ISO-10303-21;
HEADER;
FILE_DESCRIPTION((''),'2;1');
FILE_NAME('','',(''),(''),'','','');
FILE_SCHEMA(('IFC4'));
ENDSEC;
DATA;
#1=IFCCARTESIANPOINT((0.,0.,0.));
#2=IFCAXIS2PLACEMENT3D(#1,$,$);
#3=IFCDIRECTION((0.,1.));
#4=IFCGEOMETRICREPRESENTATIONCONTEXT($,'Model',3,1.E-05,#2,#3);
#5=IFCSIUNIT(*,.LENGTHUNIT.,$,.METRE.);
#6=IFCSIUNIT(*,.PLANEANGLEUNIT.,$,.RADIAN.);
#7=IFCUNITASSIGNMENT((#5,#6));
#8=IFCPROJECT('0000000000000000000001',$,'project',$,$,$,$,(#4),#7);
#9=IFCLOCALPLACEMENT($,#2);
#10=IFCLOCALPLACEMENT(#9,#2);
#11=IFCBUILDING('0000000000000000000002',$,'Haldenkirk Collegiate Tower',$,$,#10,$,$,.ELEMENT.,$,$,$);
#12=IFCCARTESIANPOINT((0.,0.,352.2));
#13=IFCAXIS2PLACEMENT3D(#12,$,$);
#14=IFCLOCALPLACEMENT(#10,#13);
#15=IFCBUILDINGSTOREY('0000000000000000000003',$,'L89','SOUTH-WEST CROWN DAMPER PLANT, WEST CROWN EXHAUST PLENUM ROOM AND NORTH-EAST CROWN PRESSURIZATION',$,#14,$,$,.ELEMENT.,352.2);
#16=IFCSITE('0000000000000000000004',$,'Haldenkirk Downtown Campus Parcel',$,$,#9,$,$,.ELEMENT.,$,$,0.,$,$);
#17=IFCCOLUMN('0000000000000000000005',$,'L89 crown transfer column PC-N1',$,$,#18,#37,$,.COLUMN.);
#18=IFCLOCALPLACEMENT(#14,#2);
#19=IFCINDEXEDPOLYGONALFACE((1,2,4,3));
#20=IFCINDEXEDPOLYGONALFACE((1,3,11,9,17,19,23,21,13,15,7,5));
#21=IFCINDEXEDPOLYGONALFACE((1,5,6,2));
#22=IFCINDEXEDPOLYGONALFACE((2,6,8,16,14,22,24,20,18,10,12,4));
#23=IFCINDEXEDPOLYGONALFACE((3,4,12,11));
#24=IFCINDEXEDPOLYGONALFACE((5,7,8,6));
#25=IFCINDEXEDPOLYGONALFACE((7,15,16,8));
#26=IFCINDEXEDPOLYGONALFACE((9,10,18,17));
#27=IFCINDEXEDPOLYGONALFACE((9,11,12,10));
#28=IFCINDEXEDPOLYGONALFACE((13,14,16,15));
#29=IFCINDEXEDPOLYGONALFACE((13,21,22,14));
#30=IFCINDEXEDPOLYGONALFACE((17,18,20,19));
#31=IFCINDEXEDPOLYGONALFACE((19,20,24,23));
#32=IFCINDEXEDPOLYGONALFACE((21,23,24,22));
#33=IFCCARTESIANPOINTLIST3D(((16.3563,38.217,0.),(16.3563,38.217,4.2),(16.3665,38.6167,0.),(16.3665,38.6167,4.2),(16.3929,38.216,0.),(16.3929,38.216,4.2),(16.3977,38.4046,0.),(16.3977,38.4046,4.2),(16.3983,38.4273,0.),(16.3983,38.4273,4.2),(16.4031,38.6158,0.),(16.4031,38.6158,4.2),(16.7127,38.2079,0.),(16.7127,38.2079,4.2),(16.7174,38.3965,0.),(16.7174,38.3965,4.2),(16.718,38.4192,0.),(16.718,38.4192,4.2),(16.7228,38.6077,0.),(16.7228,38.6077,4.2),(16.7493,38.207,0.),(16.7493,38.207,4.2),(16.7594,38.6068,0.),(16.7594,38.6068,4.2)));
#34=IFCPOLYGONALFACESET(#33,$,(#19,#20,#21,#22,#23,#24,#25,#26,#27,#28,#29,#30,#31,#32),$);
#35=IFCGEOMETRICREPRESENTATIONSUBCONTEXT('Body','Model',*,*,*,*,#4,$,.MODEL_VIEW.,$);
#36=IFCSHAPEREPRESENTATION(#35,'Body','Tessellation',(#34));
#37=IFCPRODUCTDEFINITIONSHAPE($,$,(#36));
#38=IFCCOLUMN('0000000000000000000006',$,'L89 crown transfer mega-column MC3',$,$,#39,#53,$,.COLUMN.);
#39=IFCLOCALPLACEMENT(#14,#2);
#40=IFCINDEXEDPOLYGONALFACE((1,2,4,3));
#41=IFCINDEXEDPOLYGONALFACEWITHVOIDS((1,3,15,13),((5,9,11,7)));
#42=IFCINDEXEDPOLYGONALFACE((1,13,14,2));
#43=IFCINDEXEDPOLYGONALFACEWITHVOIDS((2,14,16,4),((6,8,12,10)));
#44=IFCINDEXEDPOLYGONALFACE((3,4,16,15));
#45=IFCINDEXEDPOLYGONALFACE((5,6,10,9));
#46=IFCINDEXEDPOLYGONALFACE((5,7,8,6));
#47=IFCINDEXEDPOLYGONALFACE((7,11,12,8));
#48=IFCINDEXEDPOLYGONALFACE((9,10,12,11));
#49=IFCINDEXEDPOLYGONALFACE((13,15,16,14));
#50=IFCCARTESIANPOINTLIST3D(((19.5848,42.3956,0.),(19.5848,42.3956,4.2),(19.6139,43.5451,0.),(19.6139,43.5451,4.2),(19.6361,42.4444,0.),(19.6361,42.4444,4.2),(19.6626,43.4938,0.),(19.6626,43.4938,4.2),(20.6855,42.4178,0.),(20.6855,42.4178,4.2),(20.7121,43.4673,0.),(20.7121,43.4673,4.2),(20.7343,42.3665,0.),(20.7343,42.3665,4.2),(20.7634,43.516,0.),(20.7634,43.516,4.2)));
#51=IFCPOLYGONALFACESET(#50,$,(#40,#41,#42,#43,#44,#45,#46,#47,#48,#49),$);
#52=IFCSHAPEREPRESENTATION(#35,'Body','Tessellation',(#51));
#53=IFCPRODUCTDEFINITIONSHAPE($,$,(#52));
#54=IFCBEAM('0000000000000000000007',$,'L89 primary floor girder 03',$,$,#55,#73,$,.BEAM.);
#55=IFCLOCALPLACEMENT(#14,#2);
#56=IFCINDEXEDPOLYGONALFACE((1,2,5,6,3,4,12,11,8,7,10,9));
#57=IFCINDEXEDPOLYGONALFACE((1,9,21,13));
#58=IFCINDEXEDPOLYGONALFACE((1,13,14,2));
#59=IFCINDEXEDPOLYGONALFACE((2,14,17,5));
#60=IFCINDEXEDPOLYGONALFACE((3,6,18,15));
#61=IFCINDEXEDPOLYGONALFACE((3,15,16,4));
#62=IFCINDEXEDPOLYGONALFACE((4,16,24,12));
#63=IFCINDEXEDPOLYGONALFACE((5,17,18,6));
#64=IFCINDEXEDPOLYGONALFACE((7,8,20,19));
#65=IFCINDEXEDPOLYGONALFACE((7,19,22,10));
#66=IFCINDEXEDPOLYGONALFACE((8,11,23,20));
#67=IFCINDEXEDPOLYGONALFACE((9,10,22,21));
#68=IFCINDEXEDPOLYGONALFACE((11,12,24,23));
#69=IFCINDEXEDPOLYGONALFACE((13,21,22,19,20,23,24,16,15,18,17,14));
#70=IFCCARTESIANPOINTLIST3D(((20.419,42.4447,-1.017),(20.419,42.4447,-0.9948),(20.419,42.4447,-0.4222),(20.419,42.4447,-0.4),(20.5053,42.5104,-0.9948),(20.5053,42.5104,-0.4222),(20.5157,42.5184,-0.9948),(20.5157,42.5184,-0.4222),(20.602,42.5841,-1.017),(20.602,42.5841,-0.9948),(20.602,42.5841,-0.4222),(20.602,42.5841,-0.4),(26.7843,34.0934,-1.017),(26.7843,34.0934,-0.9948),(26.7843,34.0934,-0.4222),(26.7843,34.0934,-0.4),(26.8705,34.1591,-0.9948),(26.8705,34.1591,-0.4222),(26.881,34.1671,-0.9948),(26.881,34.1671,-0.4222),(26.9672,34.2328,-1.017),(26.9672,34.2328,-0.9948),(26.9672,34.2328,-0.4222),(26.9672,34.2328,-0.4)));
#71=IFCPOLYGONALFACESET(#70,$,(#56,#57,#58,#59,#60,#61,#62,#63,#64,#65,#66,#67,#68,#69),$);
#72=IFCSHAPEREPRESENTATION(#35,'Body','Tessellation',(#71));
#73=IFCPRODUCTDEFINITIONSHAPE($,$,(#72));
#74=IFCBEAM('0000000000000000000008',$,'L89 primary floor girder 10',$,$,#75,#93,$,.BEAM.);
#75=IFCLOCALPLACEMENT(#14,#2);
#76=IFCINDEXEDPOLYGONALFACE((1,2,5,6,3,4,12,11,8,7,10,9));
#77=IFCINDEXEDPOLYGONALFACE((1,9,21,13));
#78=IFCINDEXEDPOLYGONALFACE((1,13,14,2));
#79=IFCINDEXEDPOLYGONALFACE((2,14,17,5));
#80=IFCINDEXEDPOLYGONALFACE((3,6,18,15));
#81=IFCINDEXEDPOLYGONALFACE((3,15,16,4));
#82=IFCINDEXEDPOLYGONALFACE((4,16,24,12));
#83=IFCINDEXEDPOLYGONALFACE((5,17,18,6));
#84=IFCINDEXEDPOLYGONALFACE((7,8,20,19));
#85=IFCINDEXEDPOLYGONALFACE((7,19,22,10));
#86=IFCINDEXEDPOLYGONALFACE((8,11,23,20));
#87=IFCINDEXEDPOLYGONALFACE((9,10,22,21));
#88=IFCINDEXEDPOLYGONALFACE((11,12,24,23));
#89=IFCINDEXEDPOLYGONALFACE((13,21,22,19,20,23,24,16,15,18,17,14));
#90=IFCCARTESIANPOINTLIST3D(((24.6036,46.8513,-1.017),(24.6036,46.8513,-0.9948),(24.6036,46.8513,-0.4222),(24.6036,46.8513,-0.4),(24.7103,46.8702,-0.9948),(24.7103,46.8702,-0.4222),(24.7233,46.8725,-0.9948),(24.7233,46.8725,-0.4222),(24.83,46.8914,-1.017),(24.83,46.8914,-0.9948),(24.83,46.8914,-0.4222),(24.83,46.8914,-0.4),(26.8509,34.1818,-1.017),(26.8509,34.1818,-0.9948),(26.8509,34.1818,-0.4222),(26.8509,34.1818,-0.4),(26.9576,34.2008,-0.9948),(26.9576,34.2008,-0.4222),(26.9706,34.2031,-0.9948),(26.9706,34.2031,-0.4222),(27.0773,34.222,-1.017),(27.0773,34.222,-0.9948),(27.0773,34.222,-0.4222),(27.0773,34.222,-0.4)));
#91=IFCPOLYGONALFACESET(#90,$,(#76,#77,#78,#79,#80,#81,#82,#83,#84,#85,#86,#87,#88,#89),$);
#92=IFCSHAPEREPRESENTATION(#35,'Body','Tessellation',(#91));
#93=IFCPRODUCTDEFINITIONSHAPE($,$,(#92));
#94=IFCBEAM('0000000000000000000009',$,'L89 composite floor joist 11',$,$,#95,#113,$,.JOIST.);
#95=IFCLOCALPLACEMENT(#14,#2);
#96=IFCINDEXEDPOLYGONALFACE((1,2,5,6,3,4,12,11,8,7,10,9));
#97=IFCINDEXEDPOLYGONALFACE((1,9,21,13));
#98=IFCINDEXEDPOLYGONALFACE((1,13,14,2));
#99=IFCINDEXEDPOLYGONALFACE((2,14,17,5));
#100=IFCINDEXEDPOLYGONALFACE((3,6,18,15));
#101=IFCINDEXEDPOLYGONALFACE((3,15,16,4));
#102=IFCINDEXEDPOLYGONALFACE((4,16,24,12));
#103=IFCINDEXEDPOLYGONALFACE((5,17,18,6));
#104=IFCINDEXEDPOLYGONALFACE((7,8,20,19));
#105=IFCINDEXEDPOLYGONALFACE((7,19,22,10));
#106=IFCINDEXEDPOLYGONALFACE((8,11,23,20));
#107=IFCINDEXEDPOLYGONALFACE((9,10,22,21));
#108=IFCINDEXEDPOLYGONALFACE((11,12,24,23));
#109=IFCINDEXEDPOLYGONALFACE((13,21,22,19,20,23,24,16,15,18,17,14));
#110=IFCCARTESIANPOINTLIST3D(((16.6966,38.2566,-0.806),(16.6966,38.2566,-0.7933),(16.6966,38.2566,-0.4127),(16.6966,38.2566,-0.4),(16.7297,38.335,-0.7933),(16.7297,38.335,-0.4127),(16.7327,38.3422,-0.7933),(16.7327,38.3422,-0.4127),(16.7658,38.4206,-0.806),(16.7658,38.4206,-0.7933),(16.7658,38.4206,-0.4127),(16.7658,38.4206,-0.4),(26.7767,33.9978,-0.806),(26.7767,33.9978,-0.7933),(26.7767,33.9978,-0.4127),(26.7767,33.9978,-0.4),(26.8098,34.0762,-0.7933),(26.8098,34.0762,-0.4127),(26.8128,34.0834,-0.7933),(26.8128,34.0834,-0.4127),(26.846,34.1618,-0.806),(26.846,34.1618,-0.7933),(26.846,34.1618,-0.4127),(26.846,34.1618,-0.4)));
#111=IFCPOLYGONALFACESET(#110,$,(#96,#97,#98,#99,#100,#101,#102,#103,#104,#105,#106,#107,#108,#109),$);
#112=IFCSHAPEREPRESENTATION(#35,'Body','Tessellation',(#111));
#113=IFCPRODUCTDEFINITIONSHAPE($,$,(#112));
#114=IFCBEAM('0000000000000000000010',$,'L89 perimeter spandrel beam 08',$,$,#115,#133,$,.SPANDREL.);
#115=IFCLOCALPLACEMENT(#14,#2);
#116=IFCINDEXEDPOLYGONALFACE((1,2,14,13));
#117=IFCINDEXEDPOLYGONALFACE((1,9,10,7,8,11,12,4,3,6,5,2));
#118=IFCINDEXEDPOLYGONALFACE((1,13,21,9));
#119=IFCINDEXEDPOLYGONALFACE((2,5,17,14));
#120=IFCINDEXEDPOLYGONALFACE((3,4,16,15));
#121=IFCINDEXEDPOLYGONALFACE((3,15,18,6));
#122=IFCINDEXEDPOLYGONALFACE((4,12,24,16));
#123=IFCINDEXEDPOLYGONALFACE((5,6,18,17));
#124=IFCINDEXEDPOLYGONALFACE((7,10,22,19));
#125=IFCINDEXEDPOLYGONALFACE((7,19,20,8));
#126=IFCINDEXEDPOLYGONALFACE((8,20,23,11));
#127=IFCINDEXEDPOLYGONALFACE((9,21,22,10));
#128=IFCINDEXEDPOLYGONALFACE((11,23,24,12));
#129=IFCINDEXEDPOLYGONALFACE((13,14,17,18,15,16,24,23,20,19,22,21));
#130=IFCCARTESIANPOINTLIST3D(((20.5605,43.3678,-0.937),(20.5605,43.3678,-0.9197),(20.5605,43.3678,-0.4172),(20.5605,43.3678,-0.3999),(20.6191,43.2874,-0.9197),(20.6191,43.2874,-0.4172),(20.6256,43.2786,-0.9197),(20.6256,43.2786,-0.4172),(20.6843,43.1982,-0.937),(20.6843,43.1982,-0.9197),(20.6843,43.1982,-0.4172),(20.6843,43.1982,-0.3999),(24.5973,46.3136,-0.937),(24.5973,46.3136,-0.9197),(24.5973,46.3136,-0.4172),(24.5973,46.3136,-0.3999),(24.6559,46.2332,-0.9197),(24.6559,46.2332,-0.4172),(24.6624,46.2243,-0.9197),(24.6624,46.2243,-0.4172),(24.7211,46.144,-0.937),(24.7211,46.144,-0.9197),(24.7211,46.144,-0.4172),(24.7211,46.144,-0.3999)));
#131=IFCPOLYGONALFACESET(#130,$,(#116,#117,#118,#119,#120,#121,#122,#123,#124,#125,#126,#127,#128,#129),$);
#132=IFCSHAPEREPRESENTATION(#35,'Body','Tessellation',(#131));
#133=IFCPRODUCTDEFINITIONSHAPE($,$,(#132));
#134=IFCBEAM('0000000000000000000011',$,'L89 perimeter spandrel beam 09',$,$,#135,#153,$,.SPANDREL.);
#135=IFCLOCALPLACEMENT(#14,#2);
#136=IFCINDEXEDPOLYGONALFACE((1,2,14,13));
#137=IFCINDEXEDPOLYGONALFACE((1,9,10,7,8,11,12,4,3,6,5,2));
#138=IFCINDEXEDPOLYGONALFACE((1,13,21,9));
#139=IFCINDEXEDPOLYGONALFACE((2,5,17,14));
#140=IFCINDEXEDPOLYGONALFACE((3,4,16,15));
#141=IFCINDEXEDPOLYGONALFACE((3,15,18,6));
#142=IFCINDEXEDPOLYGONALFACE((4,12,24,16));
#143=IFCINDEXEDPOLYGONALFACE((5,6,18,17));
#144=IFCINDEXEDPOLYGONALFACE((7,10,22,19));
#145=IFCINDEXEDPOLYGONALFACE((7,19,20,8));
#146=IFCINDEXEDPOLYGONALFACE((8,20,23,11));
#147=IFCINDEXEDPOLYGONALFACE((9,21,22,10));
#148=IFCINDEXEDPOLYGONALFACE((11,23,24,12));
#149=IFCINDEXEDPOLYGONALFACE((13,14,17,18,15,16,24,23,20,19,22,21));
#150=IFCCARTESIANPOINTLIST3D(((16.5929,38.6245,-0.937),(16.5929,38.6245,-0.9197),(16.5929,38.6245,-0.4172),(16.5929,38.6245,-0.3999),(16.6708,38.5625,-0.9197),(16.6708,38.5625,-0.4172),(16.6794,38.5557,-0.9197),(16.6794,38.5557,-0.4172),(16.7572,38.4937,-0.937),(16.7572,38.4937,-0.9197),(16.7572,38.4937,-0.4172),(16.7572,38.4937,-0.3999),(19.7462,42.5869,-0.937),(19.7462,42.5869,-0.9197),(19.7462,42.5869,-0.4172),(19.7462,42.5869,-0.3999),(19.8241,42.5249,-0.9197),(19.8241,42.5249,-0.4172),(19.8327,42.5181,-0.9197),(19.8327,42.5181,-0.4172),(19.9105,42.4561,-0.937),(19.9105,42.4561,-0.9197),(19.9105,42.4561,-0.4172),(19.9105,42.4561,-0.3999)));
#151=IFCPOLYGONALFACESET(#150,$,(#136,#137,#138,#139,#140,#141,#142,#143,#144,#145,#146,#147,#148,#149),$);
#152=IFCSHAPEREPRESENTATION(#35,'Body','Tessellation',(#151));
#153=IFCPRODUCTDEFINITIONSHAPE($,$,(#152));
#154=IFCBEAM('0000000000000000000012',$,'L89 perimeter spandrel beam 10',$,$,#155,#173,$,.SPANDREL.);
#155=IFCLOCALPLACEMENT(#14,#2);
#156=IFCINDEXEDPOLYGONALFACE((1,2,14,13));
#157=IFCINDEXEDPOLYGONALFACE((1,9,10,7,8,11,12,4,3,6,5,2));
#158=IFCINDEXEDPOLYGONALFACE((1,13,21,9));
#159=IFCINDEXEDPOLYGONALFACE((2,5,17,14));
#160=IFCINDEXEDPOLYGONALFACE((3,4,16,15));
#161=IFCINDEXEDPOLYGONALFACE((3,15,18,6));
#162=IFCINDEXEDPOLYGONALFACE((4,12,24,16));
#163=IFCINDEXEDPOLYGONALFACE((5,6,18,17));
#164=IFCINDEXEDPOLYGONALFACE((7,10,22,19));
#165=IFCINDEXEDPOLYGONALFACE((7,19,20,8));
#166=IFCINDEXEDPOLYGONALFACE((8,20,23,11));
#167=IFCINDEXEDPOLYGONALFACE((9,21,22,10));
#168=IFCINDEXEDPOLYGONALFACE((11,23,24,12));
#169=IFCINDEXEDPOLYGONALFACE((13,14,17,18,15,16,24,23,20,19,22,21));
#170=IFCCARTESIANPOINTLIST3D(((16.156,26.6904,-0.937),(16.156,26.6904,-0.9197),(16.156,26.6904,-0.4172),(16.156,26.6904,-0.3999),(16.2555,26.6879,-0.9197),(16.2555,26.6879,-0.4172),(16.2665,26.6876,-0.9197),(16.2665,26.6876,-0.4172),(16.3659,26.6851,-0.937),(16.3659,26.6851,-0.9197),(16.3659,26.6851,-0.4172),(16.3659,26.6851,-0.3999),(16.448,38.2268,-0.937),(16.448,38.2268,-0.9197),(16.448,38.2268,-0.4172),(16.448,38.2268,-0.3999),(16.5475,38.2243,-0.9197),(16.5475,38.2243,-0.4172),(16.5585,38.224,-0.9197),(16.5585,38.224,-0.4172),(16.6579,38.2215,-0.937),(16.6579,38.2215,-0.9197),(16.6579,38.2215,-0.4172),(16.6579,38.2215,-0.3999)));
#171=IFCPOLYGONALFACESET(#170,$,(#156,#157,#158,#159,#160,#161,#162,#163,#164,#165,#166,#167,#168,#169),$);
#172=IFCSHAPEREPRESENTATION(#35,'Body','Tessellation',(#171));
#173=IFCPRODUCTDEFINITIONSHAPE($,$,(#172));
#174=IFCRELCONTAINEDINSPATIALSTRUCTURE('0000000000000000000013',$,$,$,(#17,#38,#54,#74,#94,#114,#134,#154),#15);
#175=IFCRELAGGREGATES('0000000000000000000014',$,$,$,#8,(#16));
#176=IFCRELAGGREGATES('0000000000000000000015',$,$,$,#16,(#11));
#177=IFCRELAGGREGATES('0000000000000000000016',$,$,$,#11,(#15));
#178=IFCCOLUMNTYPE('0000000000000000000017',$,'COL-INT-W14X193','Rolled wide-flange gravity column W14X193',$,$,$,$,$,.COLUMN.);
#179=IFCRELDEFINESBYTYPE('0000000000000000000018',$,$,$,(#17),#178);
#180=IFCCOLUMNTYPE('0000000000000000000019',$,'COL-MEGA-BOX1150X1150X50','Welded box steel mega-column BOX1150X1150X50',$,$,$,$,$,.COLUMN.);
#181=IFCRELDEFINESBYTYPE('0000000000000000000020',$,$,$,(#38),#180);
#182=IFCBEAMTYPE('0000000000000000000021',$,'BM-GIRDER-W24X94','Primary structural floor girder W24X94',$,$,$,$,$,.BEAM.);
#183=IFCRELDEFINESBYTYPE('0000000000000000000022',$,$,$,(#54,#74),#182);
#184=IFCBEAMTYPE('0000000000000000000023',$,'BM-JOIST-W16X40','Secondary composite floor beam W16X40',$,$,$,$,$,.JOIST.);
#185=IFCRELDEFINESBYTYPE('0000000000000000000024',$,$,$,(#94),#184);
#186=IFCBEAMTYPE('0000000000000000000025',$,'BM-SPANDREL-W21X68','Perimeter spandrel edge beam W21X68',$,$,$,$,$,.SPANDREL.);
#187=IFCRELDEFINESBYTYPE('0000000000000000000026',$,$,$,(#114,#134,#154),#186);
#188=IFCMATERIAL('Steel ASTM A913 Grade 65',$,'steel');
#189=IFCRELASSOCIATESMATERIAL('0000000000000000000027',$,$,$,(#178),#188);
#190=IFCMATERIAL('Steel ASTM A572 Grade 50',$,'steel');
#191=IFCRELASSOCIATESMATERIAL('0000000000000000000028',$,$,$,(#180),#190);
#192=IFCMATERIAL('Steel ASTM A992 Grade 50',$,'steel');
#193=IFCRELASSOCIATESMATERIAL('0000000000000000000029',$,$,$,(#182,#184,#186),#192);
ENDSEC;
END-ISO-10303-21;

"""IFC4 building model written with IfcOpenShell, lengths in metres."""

from ifc_helpers import new_model, si_unit, direction, frame, origin, origin_2d, place, context, subcontext, project, spatial, hollow_rectangle, i_section, extrude, material, material_profile, profile_set, type_object, element, save


model = new_model("IFC4")

# Units and contexts
model_context = context("Model", 3, precision=1e-05, world=origin(), true_north=direction((0.0, 1.0)))
body_context = subcontext(model_context, "Body", "Model", "MODEL_VIEW")
ifc_project = project(units=[si_unit("LENGTHUNIT", "METRE"), si_unit("PLANEANGLEUNIT", "RADIAN")], contexts=[model_context])

# Site, building, storey
site_placement = place(None, origin())
site = spatial("IfcSite", under=ifc_project, at=site_placement, Name="Haldenkirk Downtown Campus Parcel", CompositionType="ELEMENT", RefElevation=0.0)
building_placement = place(site_placement, origin())
building = spatial("IfcBuilding", under=site, at=building_placement, Name="Haldenkirk Collegiate Tower", CompositionType="ELEMENT")
storey_placement = place(building_placement, frame((0.0, 0.0, 352.2)))
storey = spatial("IfcBuildingStorey", under=building, at=storey_placement, Name="L89", Description="SOUTH-WEST CROWN DAMPER PLANT, WEST CROWN EXHAUST PLENUM ROOM AND NORTH-EAST CROWN PRESSURIZATION", CompositionType="ELEMENT", Elevation=352.2)

# Columns
ifc_material_1 = material(Name="Steel ASTM A913 Grade 65", Category="steel")
ifc_material_profile_1 = material_profile(ifc_material_1, i_section(OverallWidth=0.3999, OverallDepth=0.3931, WebThickness=0.0227, FlangeThickness=0.0366, at=origin_2d()), Name="W14X193")
ifc_profile_set_1 = profile_set([ifc_material_profile_1], Name="Steel ASTM A913 Grade 65")
column_type_1 = type_object("IfcColumnType", Name="COL-INT-W14X193", Description="Rolled wide-flange gravity column W14X193", PredefinedType="COLUMN", material=ifc_profile_set_1)
column_1_placement = place(storey_placement, frame((16.5579, 38.4119, 0.0), z_axis=(0.0, 0.0, 1.0), x_axis=(0.025305, 0.99968, 0.0)))
element("IfcColumn", 1, at=column_1_placement, inside=storey, type_object=column_type_1, Name="L89 crown transfer column PC-N1", PredefinedType="COLUMN", context=body_context, shape_type="SweptSolid", body=[
    extrude(i_section(OverallWidth=0.3999, OverallDepth=0.3931, WebThickness=0.0227, FlangeThickness=0.0366, at=origin_2d()), origin(), (0.0, 0.0, 1.0), 4.2),
])
ifc_material_2 = material(Name="Steel ASTM A572 Grade 50", Category="steel")
ifc_material_profile_2 = material_profile(ifc_material_2, hollow_rectangle(XDim=1.1499, YDim=1.1499, WallThickness=0.05, at=origin_2d()), Name="BOX1150X1150X50")
ifc_profile_set_2 = profile_set([ifc_material_profile_2], Name="Steel ASTM A572 Grade 50")
column_type_2 = type_object("IfcColumnType", Name="COL-MEGA-BOX1150X1150X50", Description="Welded box steel mega-column BOX1150X1150X50", PredefinedType="COLUMN", material=ifc_profile_set_2)
column_2_placement = place(storey_placement, frame((20.1741, 42.9558, 0.0), z_axis=(0.0, 0.0, 1.0), x_axis=(0.025305, 0.99968, 0.0)))
element("IfcColumn", 2, at=column_2_placement, inside=storey, type_object=column_type_2, Name="L89 crown transfer mega-column MC3", PredefinedType="COLUMN", context=body_context, shape_type="SweptSolid", body=[
    extrude(hollow_rectangle(XDim=1.1499, YDim=1.1499, WallThickness=0.05, at=origin_2d()), origin(), (0.0, 0.0, 1.0), 4.2),
])

# Beams
ifc_material_3 = material(Name="Steel ASTM A992 Grade 50", Category="steel")
ifc_material_profile_3 = material_profile(ifc_material_3, i_section(OverallWidth=0.23, OverallDepth=0.6169, WebThickness=0.0132, FlangeThickness=0.0222, at=origin_2d()), Name="W24X94")
ifc_profile_set_3 = profile_set([ifc_material_profile_3], Name="Steel ASTM A992 Grade 50")
beam_type_1 = type_object("IfcBeamType", Name="BM-GIRDER-W24X94", Description="Primary structural floor girder W24X94", PredefinedType="BEAM", material=ifc_profile_set_3)
beam_1_placement = place(storey_placement, frame((20.5105, 42.5144, -0.7085), z_axis=(0.606183, -0.795325, 0.0), x_axis=(0.795325, 0.606183, 0.0)))
element("IfcBeam", 3, at=beam_1_placement, inside=storey, type_object=beam_type_1, Name="L89 primary floor girder 03", PredefinedType="BEAM", context=body_context, shape_type="SweptSolid", body=[
    extrude(i_section(OverallWidth=0.23, OverallDepth=0.6169, WebThickness=0.0132, FlangeThickness=0.0222, at=origin_2d()), origin(), (0.0, 0.0, 1.0), 10.5005),
])
beam_2_placement = place(storey_placement, frame((24.7168, 46.8713, -0.7085), z_axis=(0.174654, -0.98463, 0.0), x_axis=(0.98463, 0.174654, 0.0)))
element("IfcBeam", 4, at=beam_2_placement, inside=storey, type_object=beam_type_1, Name="L89 primary floor girder 10", PredefinedType="BEAM", context=body_context, shape_type="SweptSolid", body=[
    extrude(i_section(OverallWidth=0.23, OverallDepth=0.6169, WebThickness=0.0132, FlangeThickness=0.0222, at=origin_2d()), origin(), (0.0, 0.0, 1.0), 12.8672),
])
ifc_material_profile_4 = material_profile(ifc_material_3, i_section(OverallWidth=0.178, OverallDepth=0.406, WebThickness=0.0078, FlangeThickness=0.0127, at=origin_2d()), Name="W16X40")
ifc_profile_set_4 = profile_set([ifc_material_profile_4], Name="Steel ASTM A992 Grade 50")
beam_type_2 = type_object("IfcBeamType", Name="BM-JOIST-W16X40", Description="Secondary composite floor beam W16X40", PredefinedType="JOIST", material=ifc_profile_set_4)
beam_3_placement = place(storey_placement, frame((16.7312, 38.3386, -0.603), z_axis=(0.921159, -0.389186, 0.0), x_axis=(0.389186, 0.921159, 0.0)))
element("IfcBeam", 5, at=beam_3_placement, inside=storey, type_object=beam_type_2, Name="L89 composite floor joist 11", PredefinedType="JOIST", context=body_context, shape_type="SweptSolid", body=[
    extrude(i_section(OverallWidth=0.178, OverallDepth=0.406, WebThickness=0.0078, FlangeThickness=0.0127, at=origin_2d()), origin(), (0.0, 0.0, 1.0), 10.9429),
])
ifc_material_profile_5 = material_profile(ifc_material_3, i_section(OverallWidth=0.21, OverallDepth=0.5371, WebThickness=0.011, FlangeThickness=0.0173, at=origin_2d()), Name="W21X68")
ifc_profile_set_5 = profile_set([ifc_material_profile_5], Name="Steel ASTM A992 Grade 50")
beam_type_3 = type_object("IfcBeamType", Name="BM-SPANDREL-W21X68", Description="Perimeter spandrel edge beam W21X68", PredefinedType="SPANDREL", material=ifc_profile_set_5)
beam_4_placement = place(storey_placement, frame((24.6592, 46.2288, -0.6685), z_axis=(-0.807793, -0.589466, 0.0), x_axis=(0.589466, -0.807793, 0.0)))
element("IfcBeam", 6, at=beam_4_placement, inside=storey, type_object=beam_type_3, Name="L89 perimeter spandrel beam 08", PredefinedType="SPANDREL", context=body_context, shape_type="SweptSolid", body=[
    extrude(i_section(OverallWidth=0.21, OverallDepth=0.5371, WebThickness=0.011, FlangeThickness=0.0173, at=origin_2d()), origin(), (0.0, 0.0, 1.0), 4.9973),
])
beam_5_placement = place(storey_placement, frame((19.8284, 42.5215, -0.6685), z_axis=(-0.622694, -0.782465, 0.0), x_axis=(0.782465, -0.622694, 0.0)))
element("IfcBeam", 7, at=beam_5_placement, inside=storey, type_object=beam_type_3, Name="L89 perimeter spandrel beam 09", PredefinedType="SPANDREL", context=body_context, shape_type="SweptSolid", body=[
    extrude(i_section(OverallWidth=0.21, OverallDepth=0.5371, WebThickness=0.011, FlangeThickness=0.0173, at=origin_2d()), origin(), (0.0, 0.0, 1.0), 5.064),
])
beam_6_placement = place(storey_placement, frame((16.553, 38.2241, -0.6685), z_axis=(-0.025302, -0.99968, 0.0), x_axis=(0.99968, -0.025302, 0.0)))
element("IfcBeam", 8, at=beam_6_placement, inside=storey, type_object=beam_type_3, Name="L89 perimeter spandrel beam 10", PredefinedType="SPANDREL", context=body_context, shape_type="SweptSolid", body=[
    extrude(i_section(OverallWidth=0.21, OverallDepth=0.5371, WebThickness=0.011, FlangeThickness=0.0173, at=origin_2d()), origin(), (0.0, 0.0, 1.0), 11.54),
])

save(model, "model.ifc")
